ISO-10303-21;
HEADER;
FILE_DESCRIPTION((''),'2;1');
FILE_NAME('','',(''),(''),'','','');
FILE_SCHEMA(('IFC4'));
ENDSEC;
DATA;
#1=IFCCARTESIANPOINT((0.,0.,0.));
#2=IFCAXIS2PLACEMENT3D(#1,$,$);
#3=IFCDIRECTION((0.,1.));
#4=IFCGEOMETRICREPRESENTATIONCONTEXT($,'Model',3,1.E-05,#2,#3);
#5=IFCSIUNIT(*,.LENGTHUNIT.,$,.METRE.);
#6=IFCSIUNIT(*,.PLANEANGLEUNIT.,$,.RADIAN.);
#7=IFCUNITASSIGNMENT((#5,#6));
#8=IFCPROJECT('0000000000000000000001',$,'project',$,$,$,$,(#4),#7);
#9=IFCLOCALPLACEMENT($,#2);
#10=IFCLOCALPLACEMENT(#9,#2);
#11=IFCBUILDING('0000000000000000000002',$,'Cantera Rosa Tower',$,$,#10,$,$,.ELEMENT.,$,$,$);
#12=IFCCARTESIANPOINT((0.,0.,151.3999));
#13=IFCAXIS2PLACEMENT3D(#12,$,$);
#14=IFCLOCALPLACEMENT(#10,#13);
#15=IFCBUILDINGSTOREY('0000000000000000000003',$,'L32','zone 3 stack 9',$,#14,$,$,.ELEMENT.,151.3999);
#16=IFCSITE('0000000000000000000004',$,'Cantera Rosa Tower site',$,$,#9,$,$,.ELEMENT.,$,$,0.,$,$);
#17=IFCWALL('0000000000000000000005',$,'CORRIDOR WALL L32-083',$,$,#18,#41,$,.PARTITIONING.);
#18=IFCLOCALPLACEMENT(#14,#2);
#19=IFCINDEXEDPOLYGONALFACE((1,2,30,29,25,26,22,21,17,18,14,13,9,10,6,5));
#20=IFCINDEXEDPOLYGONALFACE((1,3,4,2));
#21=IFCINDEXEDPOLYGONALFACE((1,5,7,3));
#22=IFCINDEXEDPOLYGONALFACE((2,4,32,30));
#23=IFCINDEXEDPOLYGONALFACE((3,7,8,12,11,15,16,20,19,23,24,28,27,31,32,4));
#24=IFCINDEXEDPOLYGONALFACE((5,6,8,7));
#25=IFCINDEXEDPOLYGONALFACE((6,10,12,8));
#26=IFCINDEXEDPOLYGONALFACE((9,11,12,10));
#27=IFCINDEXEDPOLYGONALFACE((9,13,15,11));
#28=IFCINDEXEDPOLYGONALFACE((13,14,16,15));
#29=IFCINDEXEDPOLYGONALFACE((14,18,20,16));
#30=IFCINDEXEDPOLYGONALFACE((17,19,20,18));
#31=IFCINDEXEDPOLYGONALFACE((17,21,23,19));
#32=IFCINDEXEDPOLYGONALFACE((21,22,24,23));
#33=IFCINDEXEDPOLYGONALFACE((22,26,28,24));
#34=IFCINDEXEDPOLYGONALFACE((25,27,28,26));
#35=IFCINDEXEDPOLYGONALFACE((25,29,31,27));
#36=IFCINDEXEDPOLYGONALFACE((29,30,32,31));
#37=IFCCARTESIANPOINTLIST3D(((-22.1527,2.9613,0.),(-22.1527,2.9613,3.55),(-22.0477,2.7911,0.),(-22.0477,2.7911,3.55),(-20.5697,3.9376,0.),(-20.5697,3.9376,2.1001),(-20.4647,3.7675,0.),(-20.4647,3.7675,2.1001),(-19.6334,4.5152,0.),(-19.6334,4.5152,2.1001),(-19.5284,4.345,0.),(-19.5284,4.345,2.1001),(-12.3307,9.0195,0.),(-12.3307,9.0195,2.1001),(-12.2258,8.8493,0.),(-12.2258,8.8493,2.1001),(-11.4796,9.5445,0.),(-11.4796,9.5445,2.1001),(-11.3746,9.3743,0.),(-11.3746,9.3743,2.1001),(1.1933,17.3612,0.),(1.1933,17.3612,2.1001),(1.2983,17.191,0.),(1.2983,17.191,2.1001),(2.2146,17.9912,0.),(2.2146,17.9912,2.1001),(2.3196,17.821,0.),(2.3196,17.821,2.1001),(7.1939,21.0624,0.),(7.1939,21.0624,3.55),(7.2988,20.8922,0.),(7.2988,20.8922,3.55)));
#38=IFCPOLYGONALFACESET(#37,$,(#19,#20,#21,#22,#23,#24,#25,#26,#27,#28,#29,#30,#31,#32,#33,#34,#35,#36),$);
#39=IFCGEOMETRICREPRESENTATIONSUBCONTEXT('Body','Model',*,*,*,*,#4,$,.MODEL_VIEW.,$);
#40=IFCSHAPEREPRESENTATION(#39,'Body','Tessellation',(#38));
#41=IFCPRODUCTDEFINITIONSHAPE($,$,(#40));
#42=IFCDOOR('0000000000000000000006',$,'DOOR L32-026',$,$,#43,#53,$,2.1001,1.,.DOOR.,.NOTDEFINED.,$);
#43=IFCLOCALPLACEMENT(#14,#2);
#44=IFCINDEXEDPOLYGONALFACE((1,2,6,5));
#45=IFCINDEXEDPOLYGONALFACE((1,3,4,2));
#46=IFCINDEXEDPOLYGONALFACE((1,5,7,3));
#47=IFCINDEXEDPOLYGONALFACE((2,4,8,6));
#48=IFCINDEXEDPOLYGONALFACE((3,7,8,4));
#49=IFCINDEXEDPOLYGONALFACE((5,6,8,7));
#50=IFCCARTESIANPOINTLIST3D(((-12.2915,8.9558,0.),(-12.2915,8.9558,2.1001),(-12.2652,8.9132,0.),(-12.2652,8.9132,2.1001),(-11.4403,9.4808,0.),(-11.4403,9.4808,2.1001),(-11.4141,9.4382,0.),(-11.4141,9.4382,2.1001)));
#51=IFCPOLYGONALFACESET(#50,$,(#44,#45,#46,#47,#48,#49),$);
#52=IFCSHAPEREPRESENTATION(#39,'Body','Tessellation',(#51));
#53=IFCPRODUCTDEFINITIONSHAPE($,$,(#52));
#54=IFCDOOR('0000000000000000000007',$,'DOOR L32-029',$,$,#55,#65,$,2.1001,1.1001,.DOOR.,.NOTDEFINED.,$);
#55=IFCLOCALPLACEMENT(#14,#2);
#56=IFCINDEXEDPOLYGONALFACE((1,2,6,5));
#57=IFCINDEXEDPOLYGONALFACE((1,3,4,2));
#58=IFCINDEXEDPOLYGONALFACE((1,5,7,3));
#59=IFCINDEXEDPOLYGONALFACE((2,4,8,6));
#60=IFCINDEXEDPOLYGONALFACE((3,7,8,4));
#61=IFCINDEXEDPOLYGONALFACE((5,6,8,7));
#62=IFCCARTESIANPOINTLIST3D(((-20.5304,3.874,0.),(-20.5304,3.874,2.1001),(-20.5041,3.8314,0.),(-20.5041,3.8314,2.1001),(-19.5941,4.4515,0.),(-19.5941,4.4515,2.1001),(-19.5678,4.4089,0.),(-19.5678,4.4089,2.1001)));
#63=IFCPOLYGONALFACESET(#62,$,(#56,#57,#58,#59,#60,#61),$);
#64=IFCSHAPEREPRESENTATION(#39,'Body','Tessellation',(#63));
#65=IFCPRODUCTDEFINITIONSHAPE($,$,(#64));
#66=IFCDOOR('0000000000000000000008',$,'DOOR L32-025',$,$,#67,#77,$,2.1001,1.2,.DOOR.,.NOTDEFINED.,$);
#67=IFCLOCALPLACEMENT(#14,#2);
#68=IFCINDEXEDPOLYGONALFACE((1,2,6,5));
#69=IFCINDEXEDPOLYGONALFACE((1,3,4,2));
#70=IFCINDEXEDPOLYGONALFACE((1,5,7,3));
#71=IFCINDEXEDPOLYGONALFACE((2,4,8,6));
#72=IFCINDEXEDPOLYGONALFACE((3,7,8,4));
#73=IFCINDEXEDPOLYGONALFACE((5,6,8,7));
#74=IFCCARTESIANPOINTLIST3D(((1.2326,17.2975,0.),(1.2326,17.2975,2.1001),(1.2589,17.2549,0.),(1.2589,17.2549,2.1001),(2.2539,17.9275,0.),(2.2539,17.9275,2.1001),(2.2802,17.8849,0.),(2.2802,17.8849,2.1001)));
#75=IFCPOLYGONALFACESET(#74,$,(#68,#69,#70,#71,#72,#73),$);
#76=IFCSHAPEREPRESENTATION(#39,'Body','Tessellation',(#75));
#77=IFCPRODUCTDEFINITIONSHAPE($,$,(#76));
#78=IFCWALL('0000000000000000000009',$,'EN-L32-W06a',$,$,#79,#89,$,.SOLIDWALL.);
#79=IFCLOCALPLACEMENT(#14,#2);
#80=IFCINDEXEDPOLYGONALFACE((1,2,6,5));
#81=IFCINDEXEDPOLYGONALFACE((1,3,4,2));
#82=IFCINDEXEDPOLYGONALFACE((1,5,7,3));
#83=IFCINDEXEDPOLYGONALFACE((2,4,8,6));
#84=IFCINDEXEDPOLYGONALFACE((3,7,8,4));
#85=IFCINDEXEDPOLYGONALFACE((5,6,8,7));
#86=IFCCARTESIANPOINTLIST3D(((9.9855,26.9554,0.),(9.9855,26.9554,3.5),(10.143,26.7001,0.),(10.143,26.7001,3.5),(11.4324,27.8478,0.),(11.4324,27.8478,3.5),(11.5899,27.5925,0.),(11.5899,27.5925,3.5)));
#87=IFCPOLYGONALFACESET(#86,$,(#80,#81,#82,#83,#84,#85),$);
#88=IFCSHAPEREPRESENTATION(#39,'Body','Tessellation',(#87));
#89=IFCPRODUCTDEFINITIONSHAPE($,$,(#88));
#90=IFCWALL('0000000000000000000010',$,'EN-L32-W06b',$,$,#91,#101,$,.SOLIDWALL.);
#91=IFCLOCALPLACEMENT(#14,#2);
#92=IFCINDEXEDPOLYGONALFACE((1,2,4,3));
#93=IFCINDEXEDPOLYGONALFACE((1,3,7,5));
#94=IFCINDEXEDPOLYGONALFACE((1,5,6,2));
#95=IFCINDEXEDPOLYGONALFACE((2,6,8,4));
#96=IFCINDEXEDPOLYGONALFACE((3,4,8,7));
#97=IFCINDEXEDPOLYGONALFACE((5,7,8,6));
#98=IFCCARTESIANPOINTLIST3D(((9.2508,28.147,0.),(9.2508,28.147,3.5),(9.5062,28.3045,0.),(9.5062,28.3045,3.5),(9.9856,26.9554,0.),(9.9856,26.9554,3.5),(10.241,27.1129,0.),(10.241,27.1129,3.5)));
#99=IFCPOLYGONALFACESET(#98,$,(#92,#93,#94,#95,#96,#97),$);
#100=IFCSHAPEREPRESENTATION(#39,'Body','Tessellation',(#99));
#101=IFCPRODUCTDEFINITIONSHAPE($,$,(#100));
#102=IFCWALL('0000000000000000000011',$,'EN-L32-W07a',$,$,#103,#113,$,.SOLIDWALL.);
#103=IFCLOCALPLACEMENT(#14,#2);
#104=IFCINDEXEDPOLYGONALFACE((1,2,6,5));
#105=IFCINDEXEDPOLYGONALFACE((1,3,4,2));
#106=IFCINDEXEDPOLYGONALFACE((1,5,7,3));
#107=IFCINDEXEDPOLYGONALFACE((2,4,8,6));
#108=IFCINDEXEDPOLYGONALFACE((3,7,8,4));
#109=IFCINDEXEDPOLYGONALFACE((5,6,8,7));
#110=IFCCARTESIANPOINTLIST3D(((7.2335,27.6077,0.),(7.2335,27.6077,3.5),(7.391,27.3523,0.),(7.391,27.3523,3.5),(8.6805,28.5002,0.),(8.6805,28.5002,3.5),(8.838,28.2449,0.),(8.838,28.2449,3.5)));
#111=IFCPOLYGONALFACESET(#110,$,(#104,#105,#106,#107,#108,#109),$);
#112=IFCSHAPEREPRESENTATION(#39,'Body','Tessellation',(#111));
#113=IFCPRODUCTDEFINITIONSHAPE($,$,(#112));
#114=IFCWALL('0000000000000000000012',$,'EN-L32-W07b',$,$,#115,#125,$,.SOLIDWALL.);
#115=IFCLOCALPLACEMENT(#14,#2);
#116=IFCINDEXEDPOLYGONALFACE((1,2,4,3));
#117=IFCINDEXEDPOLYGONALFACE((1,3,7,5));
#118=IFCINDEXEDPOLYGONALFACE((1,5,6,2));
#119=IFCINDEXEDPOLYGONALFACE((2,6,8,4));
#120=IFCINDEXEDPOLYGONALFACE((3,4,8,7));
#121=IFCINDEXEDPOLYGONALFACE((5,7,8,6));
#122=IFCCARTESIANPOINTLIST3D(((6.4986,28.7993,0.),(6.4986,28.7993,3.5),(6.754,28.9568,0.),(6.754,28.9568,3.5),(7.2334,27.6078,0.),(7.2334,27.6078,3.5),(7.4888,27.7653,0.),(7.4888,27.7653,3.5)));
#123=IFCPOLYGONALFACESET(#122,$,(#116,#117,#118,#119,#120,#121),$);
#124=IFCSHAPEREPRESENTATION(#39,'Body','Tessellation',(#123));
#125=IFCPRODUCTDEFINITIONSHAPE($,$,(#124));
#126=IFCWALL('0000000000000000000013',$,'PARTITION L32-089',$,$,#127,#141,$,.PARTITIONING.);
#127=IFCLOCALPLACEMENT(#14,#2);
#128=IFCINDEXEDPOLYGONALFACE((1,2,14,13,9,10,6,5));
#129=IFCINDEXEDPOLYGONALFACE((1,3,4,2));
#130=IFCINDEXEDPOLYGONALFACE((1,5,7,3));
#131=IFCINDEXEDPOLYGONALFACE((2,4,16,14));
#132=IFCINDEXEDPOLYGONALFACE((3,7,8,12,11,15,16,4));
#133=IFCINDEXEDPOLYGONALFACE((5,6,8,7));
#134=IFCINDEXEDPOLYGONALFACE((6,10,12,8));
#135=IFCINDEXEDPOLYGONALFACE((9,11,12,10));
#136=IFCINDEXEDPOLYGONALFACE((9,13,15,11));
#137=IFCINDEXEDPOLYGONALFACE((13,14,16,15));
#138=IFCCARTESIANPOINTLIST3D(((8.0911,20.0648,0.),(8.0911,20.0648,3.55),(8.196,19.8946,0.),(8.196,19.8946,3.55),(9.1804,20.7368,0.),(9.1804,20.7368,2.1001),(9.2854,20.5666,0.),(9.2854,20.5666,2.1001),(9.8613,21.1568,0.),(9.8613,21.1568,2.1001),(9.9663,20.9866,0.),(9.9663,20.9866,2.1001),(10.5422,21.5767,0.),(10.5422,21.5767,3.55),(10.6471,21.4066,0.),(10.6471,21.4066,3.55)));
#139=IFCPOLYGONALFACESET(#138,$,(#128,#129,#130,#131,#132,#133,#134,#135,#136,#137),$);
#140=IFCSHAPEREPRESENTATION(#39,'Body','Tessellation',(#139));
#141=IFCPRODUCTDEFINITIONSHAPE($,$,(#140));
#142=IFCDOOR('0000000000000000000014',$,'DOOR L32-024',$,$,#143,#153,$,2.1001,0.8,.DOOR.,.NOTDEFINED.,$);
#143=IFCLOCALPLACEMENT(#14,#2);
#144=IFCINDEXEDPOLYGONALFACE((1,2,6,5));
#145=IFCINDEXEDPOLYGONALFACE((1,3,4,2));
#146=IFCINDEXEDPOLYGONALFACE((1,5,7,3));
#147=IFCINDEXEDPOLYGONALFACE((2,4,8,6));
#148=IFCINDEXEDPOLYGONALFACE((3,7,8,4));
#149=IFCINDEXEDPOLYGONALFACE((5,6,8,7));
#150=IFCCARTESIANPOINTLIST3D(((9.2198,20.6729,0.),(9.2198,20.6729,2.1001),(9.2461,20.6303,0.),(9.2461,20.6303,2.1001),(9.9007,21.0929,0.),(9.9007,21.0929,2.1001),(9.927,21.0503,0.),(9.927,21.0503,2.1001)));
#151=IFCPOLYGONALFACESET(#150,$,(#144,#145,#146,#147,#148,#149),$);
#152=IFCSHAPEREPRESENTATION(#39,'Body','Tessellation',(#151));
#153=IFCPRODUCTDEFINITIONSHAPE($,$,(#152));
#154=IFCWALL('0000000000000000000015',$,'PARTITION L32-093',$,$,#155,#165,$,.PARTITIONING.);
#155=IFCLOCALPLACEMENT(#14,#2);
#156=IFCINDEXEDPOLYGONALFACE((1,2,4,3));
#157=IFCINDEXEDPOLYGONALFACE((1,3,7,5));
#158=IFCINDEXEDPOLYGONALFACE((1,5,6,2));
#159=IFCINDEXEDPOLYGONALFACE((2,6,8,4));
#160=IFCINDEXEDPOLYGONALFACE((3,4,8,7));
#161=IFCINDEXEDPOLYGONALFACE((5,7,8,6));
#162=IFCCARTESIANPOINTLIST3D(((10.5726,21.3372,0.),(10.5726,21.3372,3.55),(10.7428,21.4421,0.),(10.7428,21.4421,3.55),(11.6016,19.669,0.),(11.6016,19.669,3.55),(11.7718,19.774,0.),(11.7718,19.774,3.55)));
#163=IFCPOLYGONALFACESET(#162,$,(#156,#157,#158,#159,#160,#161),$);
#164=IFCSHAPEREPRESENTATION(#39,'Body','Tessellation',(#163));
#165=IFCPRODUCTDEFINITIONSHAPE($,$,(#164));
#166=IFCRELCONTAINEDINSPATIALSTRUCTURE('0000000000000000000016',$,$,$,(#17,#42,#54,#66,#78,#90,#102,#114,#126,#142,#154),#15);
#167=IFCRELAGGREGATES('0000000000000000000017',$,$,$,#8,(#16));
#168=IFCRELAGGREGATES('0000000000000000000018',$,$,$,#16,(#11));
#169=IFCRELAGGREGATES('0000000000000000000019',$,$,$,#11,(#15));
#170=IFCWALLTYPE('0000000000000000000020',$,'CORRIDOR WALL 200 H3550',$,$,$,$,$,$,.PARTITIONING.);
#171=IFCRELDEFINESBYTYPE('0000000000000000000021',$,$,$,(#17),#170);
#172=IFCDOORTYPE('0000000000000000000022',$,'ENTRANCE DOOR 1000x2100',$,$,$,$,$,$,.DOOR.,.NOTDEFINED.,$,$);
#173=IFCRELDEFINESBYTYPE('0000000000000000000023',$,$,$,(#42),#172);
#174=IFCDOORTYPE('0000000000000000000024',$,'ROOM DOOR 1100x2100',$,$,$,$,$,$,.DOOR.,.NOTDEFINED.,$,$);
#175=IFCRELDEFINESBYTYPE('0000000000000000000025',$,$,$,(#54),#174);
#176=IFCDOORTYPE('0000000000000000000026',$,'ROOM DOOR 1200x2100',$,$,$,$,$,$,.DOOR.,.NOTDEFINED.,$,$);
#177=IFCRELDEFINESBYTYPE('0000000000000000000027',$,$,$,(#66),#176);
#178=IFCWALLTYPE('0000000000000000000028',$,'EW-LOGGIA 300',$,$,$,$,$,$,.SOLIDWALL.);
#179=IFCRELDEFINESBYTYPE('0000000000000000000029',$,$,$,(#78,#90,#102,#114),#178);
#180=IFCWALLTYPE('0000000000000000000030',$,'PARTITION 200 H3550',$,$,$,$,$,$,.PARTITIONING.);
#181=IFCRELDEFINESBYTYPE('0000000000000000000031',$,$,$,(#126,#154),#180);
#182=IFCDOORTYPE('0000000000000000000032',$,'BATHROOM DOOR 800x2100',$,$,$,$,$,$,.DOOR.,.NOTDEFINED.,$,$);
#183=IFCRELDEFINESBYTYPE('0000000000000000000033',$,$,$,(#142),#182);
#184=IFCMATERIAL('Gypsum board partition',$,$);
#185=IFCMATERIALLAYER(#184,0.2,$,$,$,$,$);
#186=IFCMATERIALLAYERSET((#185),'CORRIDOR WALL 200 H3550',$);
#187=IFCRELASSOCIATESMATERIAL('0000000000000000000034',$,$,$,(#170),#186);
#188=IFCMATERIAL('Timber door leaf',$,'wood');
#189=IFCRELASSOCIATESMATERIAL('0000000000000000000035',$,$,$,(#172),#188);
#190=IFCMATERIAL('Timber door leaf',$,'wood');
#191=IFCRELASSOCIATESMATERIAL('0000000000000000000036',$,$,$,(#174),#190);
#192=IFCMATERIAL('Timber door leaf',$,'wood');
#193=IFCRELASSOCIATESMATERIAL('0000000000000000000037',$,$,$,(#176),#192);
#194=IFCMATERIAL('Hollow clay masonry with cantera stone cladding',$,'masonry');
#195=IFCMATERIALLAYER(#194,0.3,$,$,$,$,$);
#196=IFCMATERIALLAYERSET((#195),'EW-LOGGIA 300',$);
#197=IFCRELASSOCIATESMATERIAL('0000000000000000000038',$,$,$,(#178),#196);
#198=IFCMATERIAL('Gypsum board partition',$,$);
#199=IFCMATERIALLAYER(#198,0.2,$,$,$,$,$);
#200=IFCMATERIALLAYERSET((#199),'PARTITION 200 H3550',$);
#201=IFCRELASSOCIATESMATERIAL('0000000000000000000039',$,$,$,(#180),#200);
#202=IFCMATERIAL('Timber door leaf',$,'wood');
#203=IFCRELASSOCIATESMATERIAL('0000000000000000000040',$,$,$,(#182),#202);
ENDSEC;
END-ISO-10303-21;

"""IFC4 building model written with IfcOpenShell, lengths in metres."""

from ifc_helpers import new_model, si_unit, direction, frame, frame_2d, origin, place, context, subcontext, project, spatial, rectangle, extrude, material, layer, layer_set, type_object, element, fill, save


model = new_model("IFC4")

# Units and contexts
model_context = context("Model", 3, precision=1e-05, world=origin(), true_north=direction((0.0, 1.0)))
body_context = subcontext(model_context, "Body", "Model", "MODEL_VIEW")
ifc_project = project(units=[si_unit("LENGTHUNIT", "METRE"), si_unit("PLANEANGLEUNIT", "RADIAN")], contexts=[model_context])

# Site, building, storey
site_placement = place(None, origin())
site = spatial("IfcSite", under=ifc_project, at=site_placement, Name="Cantera Rosa Tower site", CompositionType="ELEMENT", RefElevation=0.0)
building_placement = place(site_placement, origin())
building = spatial("IfcBuilding", under=site, at=building_placement, Name="Cantera Rosa Tower", CompositionType="ELEMENT")
storey_placement = place(building_placement, frame((0.0, 0.0, 151.3999)))
storey = spatial("IfcBuildingStorey", under=building, at=storey_placement, Name="L32", Description="zone 3 stack 9", CompositionType="ELEMENT", Elevation=151.3999)

# Shared definitions
ifc_material_1 = material(Name="Gypsum board partition")
ifc_layer_1 = layer(ifc_material_1, 0.2)
ifc_layer_set_1 = layer_set([ifc_layer_1], Name="CORRIDOR WALL 200 H3550")
wall_type_1 = type_object("IfcWallType", Name="CORRIDOR WALL 200 H3550", PredefinedType="PARTITIONING", material=ifc_layer_set_1)

# Wall, openings, doors
wall_1_placement = place(storey_placement, frame((7.2463, 20.9773, 0.0), z_axis=(0.0, 0.0, 1.0), x_axis=(-0.851118, -0.524975, 0.0)))
wall_1 = element("IfcWall", 1, at=wall_1_placement, inside=storey, type_object=wall_type_1, Name="CORRIDOR WALL L32-083", PredefinedType="PARTITIONING", context=body_context, shape_type="SweptSolid", body=[
    extrude(rectangle(XDim=34.48, YDim=0.2, at=frame_2d((17.24, 0.0))), origin(), (0.0, 0.0, 1.0), 3.55),
])
opening_1_placement = place(wall_1_placement, frame((5.8501, 0.0, 0.0)))
opening_1 = element("IfcOpeningElement", 2, at=opening_1_placement, cuts=wall_1, PredefinedType="OPENING", context=body_context, shape_type="SweptSolid", body=[
    extrude(rectangle(XDim=1.2, YDim=2.1001, at=frame_2d((0.6001, 1.05))), frame((0.0, 0.1099, 0.0), z_axis=(0.0, -1.0, 0.0), x_axis=(1.0, 0.0, 0.0)), (0.0, 0.0, 1.0), 0.22),
])
opening_2_placement = place(wall_1_placement, frame((21.9399, 0.0, 0.0)))
opening_2 = element("IfcOpeningElement", 3, at=opening_2_placement, cuts=wall_1, PredefinedType="OPENING", context=body_context, shape_type="SweptSolid", body=[
    extrude(rectangle(XDim=1.0, YDim=2.1001, at=frame_2d((0.5, 1.05))), frame((0.0, 0.1099, 0.0), z_axis=(0.0, -1.0, 0.0), x_axis=(1.0, 0.0, 0.0)), (0.0, 0.0, 1.0), 0.22),
])
opening_3_placement = place(wall_1_placement, frame((31.52, 0.0, 0.0)))
opening_3 = element("IfcOpeningElement", 4, at=opening_3_placement, cuts=wall_1, PredefinedType="OPENING", context=body_context, shape_type="SweptSolid", body=[
    extrude(rectangle(XDim=1.1001, YDim=2.1001, at=frame_2d((0.55, 1.05))), frame((0.0, 0.1099, 0.0), z_axis=(0.0, -1.0, 0.0), x_axis=(1.0, 0.0, 0.0)), (0.0, 0.0, 1.0), 0.22),
])
ifc_material_2 = material(Name="Timber door leaf", Category="wood")
door_type_1 = type_object("IfcDoorType", Name="ENTRANCE DOOR 1000x2100", OperationType="NOTDEFINED", PredefinedType="DOOR", material=ifc_material_2)
door_1_placement = place(opening_2_placement, origin())
door_1 = element("IfcDoor", 5, at=door_1_placement, inside=storey, type_object=door_type_1, Name="DOOR L32-026", OperationType="NOTDEFINED", OverallHeight=2.1001, OverallWidth=1.0, PredefinedType="DOOR", context=body_context, shape_type="SweptSolid", body=[
    extrude(rectangle(XDim=1.0, YDim=2.1001, at=frame_2d((0.5, 1.05))), frame((0.0, 0.0249, 0.0), z_axis=(0.0, -1.0, 0.0), x_axis=(1.0, 0.0, 0.0)), (0.0, 0.0, 1.0), 0.05),
])
fill(opening_2, door_1)
ifc_material_3 = material(Name="Timber door leaf", Category="wood")
door_type_2 = type_object("IfcDoorType", Name="ROOM DOOR 1100x2100", OperationType="NOTDEFINED", PredefinedType="DOOR", material=ifc_material_3)
door_2_placement = place(opening_3_placement, origin())
door_2 = element("IfcDoor", 6, at=door_2_placement, inside=storey, type_object=door_type_2, Name="DOOR L32-029", OperationType="NOTDEFINED", OverallHeight=2.1001, OverallWidth=1.1001, PredefinedType="DOOR", context=body_context, shape_type="SweptSolid", body=[
    extrude(rectangle(XDim=1.1001, YDim=2.1001, at=frame_2d((0.55, 1.05))), frame((0.0, 0.0249, 0.0), z_axis=(0.0, -1.0, 0.0), x_axis=(1.0, 0.0, 0.0)), (0.0, 0.0, 1.0), 0.05),
])
fill(opening_3, door_2)
ifc_material_4 = material(Name="Timber door leaf", Category="wood")
door_type_3 = type_object("IfcDoorType", Name="ROOM DOOR 1200x2100", OperationType="NOTDEFINED", PredefinedType="DOOR", material=ifc_material_4)
door_3_placement = place(opening_1_placement, origin())
door_3 = element("IfcDoor", 7, at=door_3_placement, inside=storey, type_object=door_type_3, Name="DOOR L32-025", OperationType="NOTDEFINED", OverallHeight=2.1001, OverallWidth=1.2, PredefinedType="DOOR", context=body_context, shape_type="SweptSolid", body=[
    extrude(rectangle(XDim=1.2, YDim=2.1001, at=frame_2d((0.6001, 1.05))), frame((0.0, 0.0249, 0.0), z_axis=(0.0, -1.0, 0.0), x_axis=(1.0, 0.0, 0.0)), (0.0, 0.0, 1.0), 0.05),
])
fill(opening_1, door_3)

# Walls
ifc_material_5 = material(Name="Hollow clay masonry with cantera stone cladding", Category="masonry")
ifc_layer_2 = layer(ifc_material_5, 0.3)
ifc_layer_set_2 = layer_set([ifc_layer_2], Name="EW-LOGGIA 300")
wall_type_2 = type_object("IfcWallType", Name="EW-LOGGIA 300", PredefinedType="SOLIDWALL", material=ifc_layer_set_2)
wall_2_placement = place(storey_placement, frame((11.5112, 27.7202, 0.0), z_axis=(0.0, 0.0, 1.0), x_axis=(-0.85113, -0.524955, 0.0)))
element("IfcWall", 8, at=wall_2_placement, inside=storey, type_object=wall_type_2, Name="EN-L32-W06a", PredefinedType="SOLIDWALL", context=body_context, shape_type="SweptSolid", body=[
    extrude(rectangle(XDim=1.7, YDim=0.3, at=frame_2d((0.8501, 0.0))), origin(), (0.0, 0.0, 1.0), 3.5),
])
wall_3_placement = place(storey_placement, frame((10.1133, 27.0342, 0.0), z_axis=(0.0, 0.0, 1.0), x_axis=(-0.524895, 0.851167, 0.0)))
element("IfcWall", 9, at=wall_3_placement, inside=storey, type_object=wall_type_2, Name="EN-L32-W06b", PredefinedType="SOLIDWALL", context=body_context, shape_type="SweptSolid", body=[
    extrude(rectangle(XDim=1.3999, YDim=0.3, at=frame_2d((0.7, 0.0))), origin(), (0.0, 0.0, 1.0), 3.5),
])
wall_4_placement = place(storey_placement, frame((8.7593, 28.3726, 0.0), z_axis=(0.0, 0.0, 1.0), x_axis=(-0.851106, -0.524994, 0.0)))
element("IfcWall", 10, at=wall_4_placement, inside=storey, type_object=wall_type_2, Name="EN-L32-W07a", PredefinedType="SOLIDWALL", context=body_context, shape_type="SweptSolid", body=[
    extrude(rectangle(XDim=1.7002, YDim=0.3, at=frame_2d((0.8501, 0.0))), origin(), (0.0, 0.0, 1.0), 3.5),
])
wall_5_placement = place(storey_placement, frame((7.3611, 27.6865, 0.0), z_axis=(0.0, 0.0, 1.0), x_axis=(-0.524895, 0.851167, 0.0)))
element("IfcWall", 11, at=wall_5_placement, inside=storey, type_object=wall_type_2, Name="EN-L32-W07b", PredefinedType="SOLIDWALL", context=body_context, shape_type="SweptSolid", body=[
    extrude(rectangle(XDim=1.3999, YDim=0.3, at=frame_2d((0.7, 0.0))), origin(), (0.0, 0.0, 1.0), 3.5),
])

# Wall, opening, door
ifc_material_6 = material(Name="Gypsum board partition")
ifc_layer_3 = layer(ifc_material_6, 0.2)
ifc_layer_set_3 = layer_set([ifc_layer_3], Name="PARTITION 200 H3550")
wall_type_3 = type_object("IfcWallType", Name="PARTITION 200 H3550", PredefinedType="PARTITIONING", material=ifc_layer_set_3)
wall_6_placement = place(storey_placement, frame((8.1436, 19.9797, 0.0), z_axis=(0.0, 0.0, 1.0), x_axis=(0.851108, 0.524991, 0.0)))
wall_6 = element("IfcWall", 12, at=wall_6_placement, inside=storey, type_object=wall_type_3, Name="PARTITION L32-089", PredefinedType="PARTITIONING", context=body_context, shape_type="SweptSolid", body=[
    extrude(rectangle(XDim=2.8799, YDim=0.2, at=frame_2d((1.4399, 0.0))), origin(), (0.0, 0.0, 1.0), 3.55),
])
opening_4_placement = place(wall_6_placement, frame((1.28, 0.0, 0.0)))
opening_4 = element("IfcOpeningElement", 13, at=opening_4_placement, cuts=wall_6, PredefinedType="OPENING", context=body_context, shape_type="SweptSolid", body=[
    extrude(rectangle(XDim=0.8, YDim=2.1001, at=frame_2d((0.3999, 1.05))), frame((0.0, 0.1099, 0.0), z_axis=(0.0, -1.0, 0.0), x_axis=(1.0, 0.0, 0.0)), (0.0, 0.0, 1.0), 0.22),
])
ifc_material_7 = material(Name="Timber door leaf", Category="wood")
door_type_4 = type_object("IfcDoorType", Name="BATHROOM DOOR 800x2100", OperationType="NOTDEFINED", PredefinedType="DOOR", material=ifc_material_7)
door_4_placement = place(opening_4_placement, origin())
door_4 = element("IfcDoor", 14, at=door_4_placement, inside=storey, type_object=door_type_4, Name="DOOR L32-024", OperationType="NOTDEFINED", OverallHeight=2.1001, OverallWidth=0.8, PredefinedType="DOOR", context=body_context, shape_type="SweptSolid", body=[
    extrude(rectangle(XDim=0.8, YDim=2.1001, at=frame_2d((0.3999, 1.05))), frame((0.0, 0.0249, 0.0), z_axis=(0.0, -1.0, 0.0), x_axis=(1.0, 0.0, 0.0)), (0.0, 0.0, 1.0), 0.05),
])
fill(opening_4, door_4)

# Wall
wall_7_placement = place(storey_placement, frame((10.6577, 21.3896, 0.0), z_axis=(0.0, 0.0, 1.0), x_axis=(0.525008, -0.851098, 0.0)))
element("IfcWall", 15, at=wall_7_placement, inside=storey, type_object=wall_type_3, Name="PARTITION L32-093", PredefinedType="PARTITIONING", context=body_context, shape_type="SweptSolid", body=[
    extrude(rectangle(XDim=1.96, YDim=0.2, at=frame_2d((0.98, 0.0))), origin(), (0.0, 0.0, 1.0), 3.55),
])

save(model, "model.ifc")
